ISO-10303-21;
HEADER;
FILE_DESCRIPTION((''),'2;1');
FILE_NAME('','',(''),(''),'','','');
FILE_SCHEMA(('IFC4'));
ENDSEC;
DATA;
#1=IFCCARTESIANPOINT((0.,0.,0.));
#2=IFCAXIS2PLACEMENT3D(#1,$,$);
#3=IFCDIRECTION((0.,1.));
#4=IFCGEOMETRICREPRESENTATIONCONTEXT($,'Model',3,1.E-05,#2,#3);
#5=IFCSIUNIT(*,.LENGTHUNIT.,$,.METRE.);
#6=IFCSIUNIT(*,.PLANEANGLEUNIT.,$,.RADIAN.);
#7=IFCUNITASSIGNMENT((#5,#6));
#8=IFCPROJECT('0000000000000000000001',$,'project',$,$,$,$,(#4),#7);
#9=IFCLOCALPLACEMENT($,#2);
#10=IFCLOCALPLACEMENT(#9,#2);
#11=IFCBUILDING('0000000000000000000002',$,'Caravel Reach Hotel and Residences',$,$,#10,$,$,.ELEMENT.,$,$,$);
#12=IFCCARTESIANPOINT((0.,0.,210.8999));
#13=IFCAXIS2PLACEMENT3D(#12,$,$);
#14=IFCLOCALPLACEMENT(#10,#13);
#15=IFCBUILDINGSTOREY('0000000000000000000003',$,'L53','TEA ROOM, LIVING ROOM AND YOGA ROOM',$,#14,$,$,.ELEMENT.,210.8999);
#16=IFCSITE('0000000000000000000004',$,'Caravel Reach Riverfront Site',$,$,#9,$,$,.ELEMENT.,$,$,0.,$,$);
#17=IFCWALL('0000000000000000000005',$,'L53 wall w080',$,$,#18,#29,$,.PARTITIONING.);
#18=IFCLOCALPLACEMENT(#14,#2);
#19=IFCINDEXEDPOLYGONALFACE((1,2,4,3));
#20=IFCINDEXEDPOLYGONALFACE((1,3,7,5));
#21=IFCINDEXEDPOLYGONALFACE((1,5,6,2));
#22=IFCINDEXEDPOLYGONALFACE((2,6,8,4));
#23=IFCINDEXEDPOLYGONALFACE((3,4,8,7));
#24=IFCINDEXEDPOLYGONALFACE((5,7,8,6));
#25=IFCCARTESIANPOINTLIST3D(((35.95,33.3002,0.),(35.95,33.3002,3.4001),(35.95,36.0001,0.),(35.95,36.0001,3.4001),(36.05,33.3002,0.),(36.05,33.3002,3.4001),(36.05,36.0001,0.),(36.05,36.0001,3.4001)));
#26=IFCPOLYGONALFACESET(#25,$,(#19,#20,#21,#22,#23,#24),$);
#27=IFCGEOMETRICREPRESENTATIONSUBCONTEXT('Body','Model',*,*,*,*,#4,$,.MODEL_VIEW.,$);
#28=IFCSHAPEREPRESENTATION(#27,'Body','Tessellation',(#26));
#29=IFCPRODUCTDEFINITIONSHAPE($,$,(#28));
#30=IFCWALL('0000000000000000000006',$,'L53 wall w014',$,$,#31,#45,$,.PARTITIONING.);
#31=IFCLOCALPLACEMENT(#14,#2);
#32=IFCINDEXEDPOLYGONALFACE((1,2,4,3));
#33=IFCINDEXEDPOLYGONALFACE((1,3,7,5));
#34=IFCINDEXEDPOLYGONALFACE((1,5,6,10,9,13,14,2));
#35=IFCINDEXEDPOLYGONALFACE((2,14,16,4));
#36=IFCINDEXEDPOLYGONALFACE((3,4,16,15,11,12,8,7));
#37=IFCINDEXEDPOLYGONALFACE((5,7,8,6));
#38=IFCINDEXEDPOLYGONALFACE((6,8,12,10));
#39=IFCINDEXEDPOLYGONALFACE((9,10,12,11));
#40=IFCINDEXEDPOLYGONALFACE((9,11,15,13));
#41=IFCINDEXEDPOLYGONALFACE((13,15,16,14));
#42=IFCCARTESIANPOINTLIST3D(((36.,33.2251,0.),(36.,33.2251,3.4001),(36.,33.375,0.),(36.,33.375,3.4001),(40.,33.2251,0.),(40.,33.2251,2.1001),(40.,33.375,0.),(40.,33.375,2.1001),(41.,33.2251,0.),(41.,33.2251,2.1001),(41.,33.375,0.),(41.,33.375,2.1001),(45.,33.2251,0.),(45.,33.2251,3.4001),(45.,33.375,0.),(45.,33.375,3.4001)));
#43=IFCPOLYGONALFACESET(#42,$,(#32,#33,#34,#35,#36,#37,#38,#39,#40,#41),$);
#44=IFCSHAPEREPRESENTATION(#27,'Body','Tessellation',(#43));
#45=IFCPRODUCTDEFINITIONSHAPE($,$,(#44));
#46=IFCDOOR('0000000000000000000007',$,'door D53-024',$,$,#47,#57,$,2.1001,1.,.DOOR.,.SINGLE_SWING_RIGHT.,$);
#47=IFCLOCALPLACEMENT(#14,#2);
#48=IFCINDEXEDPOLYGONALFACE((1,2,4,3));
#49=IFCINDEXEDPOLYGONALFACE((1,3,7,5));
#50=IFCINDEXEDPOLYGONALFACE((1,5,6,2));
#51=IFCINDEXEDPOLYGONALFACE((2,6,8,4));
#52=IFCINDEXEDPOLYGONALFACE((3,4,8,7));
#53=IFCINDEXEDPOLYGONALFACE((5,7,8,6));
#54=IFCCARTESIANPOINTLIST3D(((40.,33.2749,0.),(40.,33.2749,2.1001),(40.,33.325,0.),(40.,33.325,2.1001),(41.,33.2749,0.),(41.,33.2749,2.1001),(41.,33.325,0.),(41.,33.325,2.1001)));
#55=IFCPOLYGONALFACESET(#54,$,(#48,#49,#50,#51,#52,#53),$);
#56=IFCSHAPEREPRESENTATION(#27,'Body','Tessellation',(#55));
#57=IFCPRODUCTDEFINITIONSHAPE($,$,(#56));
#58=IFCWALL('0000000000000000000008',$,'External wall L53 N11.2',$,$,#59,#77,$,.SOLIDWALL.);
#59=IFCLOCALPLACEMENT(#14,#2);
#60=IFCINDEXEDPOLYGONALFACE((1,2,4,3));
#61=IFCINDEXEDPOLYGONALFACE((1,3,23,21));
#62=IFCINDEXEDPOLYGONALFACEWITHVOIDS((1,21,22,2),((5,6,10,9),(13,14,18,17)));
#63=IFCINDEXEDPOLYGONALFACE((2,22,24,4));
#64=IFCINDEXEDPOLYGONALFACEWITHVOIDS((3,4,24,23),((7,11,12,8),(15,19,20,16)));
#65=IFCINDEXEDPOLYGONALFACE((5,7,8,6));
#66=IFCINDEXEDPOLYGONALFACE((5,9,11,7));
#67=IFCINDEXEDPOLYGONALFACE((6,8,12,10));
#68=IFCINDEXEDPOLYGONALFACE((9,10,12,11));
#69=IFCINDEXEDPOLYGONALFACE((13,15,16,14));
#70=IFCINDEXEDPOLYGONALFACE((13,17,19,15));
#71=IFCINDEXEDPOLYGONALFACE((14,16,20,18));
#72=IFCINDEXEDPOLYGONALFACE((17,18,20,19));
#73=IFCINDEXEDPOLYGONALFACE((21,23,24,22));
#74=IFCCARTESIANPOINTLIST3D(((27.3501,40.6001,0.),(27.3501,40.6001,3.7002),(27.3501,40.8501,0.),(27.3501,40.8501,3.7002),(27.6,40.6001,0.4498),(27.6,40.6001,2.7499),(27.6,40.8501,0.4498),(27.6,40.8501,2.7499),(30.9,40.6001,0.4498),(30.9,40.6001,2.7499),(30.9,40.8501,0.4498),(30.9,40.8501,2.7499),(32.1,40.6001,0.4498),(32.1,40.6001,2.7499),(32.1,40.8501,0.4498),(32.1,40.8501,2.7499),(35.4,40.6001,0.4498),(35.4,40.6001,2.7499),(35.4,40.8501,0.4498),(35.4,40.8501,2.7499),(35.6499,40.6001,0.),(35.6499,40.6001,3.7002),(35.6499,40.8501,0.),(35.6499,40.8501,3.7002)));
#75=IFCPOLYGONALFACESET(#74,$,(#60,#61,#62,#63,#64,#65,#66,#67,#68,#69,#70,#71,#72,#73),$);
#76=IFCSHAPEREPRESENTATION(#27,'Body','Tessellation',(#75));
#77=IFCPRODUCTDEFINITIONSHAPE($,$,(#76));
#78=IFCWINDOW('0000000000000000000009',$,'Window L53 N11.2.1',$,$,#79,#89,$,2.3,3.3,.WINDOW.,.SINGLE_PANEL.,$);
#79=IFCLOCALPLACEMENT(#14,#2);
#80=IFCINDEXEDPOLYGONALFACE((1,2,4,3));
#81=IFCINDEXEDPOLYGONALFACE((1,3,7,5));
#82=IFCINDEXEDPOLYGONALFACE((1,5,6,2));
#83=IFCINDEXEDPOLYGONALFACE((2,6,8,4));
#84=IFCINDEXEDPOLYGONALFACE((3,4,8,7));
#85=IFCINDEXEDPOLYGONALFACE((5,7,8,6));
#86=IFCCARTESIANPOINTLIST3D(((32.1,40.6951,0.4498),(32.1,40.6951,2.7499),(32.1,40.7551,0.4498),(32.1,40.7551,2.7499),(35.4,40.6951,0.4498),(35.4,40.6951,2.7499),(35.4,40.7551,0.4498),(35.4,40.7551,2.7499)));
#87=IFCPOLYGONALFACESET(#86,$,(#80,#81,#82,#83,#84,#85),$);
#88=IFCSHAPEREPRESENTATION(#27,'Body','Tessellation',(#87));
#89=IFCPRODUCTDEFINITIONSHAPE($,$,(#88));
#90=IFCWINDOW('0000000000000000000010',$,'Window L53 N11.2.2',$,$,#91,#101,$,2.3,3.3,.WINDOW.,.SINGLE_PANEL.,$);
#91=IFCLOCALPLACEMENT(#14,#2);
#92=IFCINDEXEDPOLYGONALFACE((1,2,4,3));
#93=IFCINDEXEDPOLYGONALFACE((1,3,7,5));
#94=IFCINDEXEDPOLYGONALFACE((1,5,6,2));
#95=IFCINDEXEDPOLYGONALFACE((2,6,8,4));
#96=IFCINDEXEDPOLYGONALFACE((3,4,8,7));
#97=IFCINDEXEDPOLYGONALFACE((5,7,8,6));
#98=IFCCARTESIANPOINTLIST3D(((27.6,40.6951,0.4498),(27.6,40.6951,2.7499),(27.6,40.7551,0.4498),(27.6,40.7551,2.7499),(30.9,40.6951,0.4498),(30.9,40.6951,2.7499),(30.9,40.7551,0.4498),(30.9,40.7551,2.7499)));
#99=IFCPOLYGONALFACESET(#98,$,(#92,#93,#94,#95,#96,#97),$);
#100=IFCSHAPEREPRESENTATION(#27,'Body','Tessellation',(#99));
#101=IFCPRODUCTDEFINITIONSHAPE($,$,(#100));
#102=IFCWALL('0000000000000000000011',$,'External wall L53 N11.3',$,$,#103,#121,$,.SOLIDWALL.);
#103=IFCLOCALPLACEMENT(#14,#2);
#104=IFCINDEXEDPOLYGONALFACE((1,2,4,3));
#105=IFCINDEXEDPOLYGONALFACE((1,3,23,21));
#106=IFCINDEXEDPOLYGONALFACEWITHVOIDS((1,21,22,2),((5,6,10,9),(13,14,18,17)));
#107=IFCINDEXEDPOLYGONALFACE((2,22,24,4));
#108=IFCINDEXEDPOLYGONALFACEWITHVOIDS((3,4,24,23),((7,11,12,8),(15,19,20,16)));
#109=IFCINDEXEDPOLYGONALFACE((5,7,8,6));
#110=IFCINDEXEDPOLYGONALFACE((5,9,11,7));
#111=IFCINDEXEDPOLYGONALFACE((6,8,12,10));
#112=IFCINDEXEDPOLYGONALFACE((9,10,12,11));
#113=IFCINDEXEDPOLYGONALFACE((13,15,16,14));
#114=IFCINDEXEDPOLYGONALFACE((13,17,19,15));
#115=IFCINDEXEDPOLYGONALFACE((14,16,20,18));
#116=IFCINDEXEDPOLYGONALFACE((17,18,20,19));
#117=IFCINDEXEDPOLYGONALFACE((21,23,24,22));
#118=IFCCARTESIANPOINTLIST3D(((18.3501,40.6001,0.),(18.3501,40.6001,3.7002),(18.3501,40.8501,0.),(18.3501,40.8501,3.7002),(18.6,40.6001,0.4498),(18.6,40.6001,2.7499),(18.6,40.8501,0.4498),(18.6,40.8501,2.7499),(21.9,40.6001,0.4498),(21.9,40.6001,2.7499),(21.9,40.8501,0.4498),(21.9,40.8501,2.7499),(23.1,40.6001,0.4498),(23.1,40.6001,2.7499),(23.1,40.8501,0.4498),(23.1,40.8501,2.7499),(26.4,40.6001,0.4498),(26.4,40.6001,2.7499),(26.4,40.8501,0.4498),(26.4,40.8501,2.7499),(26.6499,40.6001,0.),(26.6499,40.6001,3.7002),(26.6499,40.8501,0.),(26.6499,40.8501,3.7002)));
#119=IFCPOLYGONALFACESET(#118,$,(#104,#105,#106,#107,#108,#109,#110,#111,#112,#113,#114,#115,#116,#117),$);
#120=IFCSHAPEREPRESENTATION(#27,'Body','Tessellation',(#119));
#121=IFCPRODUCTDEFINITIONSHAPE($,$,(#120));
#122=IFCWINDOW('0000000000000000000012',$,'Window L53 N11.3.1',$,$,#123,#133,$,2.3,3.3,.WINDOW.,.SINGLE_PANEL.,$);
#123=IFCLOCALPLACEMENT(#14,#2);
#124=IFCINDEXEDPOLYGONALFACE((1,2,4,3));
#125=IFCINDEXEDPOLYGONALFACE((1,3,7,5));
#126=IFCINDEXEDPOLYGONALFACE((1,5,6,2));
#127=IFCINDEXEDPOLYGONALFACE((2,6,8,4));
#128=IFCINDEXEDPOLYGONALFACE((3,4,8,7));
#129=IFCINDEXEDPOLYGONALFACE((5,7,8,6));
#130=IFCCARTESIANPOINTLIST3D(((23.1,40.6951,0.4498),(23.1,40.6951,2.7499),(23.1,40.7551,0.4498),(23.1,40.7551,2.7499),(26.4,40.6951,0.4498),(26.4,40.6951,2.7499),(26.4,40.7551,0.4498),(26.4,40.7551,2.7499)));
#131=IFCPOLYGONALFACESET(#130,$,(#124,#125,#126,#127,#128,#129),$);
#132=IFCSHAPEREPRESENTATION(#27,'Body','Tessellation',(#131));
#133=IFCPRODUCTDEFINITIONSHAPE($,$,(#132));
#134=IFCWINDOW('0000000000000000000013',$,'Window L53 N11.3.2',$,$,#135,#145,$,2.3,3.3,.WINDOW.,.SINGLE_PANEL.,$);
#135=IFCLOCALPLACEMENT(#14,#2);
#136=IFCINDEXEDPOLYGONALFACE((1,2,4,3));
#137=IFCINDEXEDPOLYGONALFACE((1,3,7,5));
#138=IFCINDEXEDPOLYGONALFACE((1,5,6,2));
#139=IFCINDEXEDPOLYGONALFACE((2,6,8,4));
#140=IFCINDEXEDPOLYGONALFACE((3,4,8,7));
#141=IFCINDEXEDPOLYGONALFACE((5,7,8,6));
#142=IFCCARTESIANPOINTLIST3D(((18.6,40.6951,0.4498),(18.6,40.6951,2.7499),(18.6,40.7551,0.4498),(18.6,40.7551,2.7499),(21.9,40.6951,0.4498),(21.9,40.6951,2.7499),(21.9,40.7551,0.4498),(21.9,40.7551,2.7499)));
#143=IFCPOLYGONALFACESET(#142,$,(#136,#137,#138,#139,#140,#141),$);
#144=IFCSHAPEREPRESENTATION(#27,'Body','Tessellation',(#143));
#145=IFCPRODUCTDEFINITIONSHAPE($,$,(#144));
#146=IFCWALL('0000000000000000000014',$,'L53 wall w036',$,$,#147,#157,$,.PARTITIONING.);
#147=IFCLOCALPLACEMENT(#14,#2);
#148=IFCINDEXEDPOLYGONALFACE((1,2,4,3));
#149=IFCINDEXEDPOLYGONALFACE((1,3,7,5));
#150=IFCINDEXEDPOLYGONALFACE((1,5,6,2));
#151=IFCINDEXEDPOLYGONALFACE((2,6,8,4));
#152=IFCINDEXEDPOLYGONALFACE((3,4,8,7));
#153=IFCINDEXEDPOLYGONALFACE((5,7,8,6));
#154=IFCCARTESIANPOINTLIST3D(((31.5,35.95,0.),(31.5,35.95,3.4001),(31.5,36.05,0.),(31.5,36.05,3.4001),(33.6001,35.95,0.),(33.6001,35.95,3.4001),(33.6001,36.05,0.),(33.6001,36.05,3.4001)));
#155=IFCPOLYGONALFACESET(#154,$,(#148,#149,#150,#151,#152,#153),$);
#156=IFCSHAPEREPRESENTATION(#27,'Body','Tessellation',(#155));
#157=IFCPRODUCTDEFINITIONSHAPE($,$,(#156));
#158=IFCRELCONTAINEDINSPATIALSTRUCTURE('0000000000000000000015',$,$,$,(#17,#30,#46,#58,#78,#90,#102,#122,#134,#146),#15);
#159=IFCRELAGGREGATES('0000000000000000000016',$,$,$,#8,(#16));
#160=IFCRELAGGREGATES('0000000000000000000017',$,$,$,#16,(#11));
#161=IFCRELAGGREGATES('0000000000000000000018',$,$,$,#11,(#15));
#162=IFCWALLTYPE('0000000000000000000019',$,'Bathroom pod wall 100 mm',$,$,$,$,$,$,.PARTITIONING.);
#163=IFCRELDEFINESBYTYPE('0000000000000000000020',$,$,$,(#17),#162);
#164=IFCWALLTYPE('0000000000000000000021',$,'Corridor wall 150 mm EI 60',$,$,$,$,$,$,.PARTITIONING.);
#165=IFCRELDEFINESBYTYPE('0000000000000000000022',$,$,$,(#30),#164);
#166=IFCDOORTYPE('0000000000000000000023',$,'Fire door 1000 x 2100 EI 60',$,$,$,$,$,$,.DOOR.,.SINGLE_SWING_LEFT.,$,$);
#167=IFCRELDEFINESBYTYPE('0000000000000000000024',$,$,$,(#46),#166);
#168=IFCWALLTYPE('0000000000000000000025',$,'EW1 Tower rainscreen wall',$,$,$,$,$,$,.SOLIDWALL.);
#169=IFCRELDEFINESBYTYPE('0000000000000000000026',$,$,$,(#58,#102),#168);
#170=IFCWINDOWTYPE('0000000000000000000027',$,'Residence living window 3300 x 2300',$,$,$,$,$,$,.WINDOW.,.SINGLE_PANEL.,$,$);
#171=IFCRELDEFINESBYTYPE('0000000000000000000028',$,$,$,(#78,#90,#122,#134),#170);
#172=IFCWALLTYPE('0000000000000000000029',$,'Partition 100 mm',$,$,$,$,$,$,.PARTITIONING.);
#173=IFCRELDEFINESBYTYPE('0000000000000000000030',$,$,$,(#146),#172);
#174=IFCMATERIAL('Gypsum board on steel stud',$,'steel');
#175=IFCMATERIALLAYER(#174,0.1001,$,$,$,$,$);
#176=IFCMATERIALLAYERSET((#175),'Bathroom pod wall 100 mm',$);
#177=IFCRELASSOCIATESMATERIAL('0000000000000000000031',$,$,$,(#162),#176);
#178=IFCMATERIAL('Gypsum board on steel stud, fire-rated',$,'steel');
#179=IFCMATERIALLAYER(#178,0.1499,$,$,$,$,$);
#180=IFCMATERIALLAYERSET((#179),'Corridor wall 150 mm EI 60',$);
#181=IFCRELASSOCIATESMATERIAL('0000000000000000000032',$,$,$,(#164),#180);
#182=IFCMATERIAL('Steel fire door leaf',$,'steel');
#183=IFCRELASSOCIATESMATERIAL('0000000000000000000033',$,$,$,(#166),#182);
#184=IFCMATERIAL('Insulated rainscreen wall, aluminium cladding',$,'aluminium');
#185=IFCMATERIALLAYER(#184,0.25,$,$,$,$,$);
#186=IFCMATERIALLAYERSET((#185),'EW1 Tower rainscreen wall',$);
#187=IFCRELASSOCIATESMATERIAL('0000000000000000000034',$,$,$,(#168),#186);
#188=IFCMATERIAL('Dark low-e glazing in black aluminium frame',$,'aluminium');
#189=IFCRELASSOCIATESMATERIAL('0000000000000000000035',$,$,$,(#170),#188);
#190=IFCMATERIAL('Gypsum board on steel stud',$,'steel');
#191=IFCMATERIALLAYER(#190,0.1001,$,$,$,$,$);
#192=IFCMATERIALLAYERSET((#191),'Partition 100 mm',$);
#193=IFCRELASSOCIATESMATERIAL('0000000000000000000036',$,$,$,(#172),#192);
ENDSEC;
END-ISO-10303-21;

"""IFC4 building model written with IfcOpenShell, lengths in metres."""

from ifc_helpers import new_model, si_unit, direction, frame, frame_2d, origin, place, context, subcontext, project, spatial, rectangle, extrude, material, layer, layer_set, type_object, element, fill, save


model = new_model("IFC4")

# Units and contexts
model_context = context("Model", 3, precision=1e-05, world=origin(), true_north=direction((0.0, 1.0)))
body_context = subcontext(model_context, "Body", "Model", "MODEL_VIEW")
ifc_project = project(units=[si_unit("LENGTHUNIT", "METRE"), si_unit("PLANEANGLEUNIT", "RADIAN")], contexts=[model_context])

# Site, building, storey
site_placement = place(None, origin())
site = spatial("IfcSite", under=ifc_project, at=site_placement, Name="Caravel Reach Riverfront Site", CompositionType="ELEMENT", RefElevation=0.0)
building_placement = place(site_placement, origin())
building = spatial("IfcBuilding", under=site, at=building_placement, Name="Caravel Reach Hotel and Residences", CompositionType="ELEMENT")
storey_placement = place(building_placement, frame((0.0, 0.0, 210.8999)))
storey = spatial("IfcBuildingStorey", under=building, at=storey_placement, Name="L53", Description="TEA ROOM, LIVING ROOM AND YOGA ROOM", CompositionType="ELEMENT", Elevation=210.8999)

# Shared definitions
ifc_material_1 = material(Name="Gypsum board on steel stud", Category="steel")
ifc_layer_1 = layer(ifc_material_1, 0.1001)
ifc_layer_set_1 = layer_set([ifc_layer_1], Name="Bathroom pod wall 100 mm")
wall_type_1 = type_object("IfcWallType", Name="Bathroom pod wall 100 mm", PredefinedType="PARTITIONING", material=ifc_layer_set_1)

# Wall
wall_1_placement = place(storey_placement, frame((36.0, 33.3, 0.0), z_axis=(0.0, 0.0, 1.0), x_axis=(0.0, 1.0, 0.0)))
element("IfcWall", 1, at=wall_1_placement, inside=storey, type_object=wall_type_1, Name="L53 wall w080", PredefinedType="PARTITIONING", context=body_context, shape_type="SweptSolid", body=[
    extrude(rectangle(XDim=2.7, YDim=0.1001, at=frame_2d((1.3501, 0.0))), origin(), (0.0, 0.0, 1.0), 3.4001),
])

# Wall, opening, door
ifc_material_2 = material(Name="Gypsum board on steel stud, fire-rated", Category="steel")
ifc_layer_2 = layer(ifc_material_2, 0.1499)
ifc_layer_set_2 = layer_set([ifc_layer_2], Name="Corridor wall 150 mm EI 60")
wall_type_2 = type_object("IfcWallType", Name="Corridor wall 150 mm EI 60", PredefinedType="PARTITIONING", material=ifc_layer_set_2)
wall_2_placement = place(storey_placement, frame((36.0, 33.3, 0.0), z_axis=(0.0, 0.0, 1.0), x_axis=(1.0, 0.0, 0.0)))
wall_2 = element("IfcWall", 2, at=wall_2_placement, inside=storey, type_object=wall_type_2, Name="L53 wall w014", PredefinedType="PARTITIONING", context=body_context, shape_type="SweptSolid", body=[
    extrude(rectangle(XDim=9.0, YDim=0.1499, at=frame_2d((4.5, 0.0))), origin(), (0.0, 0.0, 1.0), 3.4001),
])
opening_1_placement = place(wall_2_placement, frame((4.0, 0.0, 0.0)))
opening_1 = element("IfcOpeningElement", 3, at=opening_1_placement, cuts=wall_2, PredefinedType="OPENING", context=body_context, shape_type="SweptSolid", body=[
    extrude(rectangle(XDim=1.0, YDim=2.1001, at=frame_2d((0.5, 1.05))), frame((0.0, 0.085, 0.0), z_axis=(0.0, -1.0, 0.0), x_axis=(1.0, 0.0, 0.0)), (0.0, 0.0, 1.0), 0.1699),
])
ifc_material_3 = material(Name="Steel fire door leaf", Category="steel")
door_type_1 = type_object("IfcDoorType", Name="Fire door 1000 x 2100 EI 60", OperationType="SINGLE_SWING_LEFT", PredefinedType="DOOR", material=ifc_material_3)
door_1_placement = place(opening_1_placement, origin())
door_1 = element("IfcDoor", 4, at=door_1_placement, inside=storey, type_object=door_type_1, Name="door D53-024", OperationType="SINGLE_SWING_RIGHT", OverallHeight=2.1001, OverallWidth=1.0, PredefinedType="DOOR", context=body_context, shape_type="SweptSolid", body=[
    extrude(rectangle(XDim=1.0, YDim=2.1001, at=frame_2d((0.5, 1.05))), frame((0.0, 0.0249, 0.0), z_axis=(0.0, -1.0, 0.0), x_axis=(1.0, 0.0, 0.0)), (0.0, 0.0, 1.0), 0.05),
])
fill(opening_1, door_1)

# Walls, openings, windows
ifc_material_4 = material(Name="Insulated rainscreen wall, aluminium cladding", Category="aluminium")
ifc_layer_3 = layer(ifc_material_4, 0.25)
ifc_layer_set_3 = layer_set([ifc_layer_3], Name="EW1 Tower rainscreen wall")
wall_type_3 = type_object("IfcWallType", Name="EW1 Tower rainscreen wall", PredefinedType="SOLIDWALL", material=ifc_layer_set_3)
wall_3_placement = place(storey_placement, frame((35.6499, 40.7251, 0.0), z_axis=(0.0, 0.0, 1.0), x_axis=(-1.0, 0.0, 0.0)))
wall_3 = element("IfcWall", 5, at=wall_3_placement, inside=storey, type_object=wall_type_3, Name="External wall L53 N11.2", PredefinedType="SOLIDWALL", context=body_context, shape_type="SweptSolid", body=[
    extrude(rectangle(XDim=8.2998, YDim=0.25, at=frame_2d((4.1499, 0.0))), origin(), (0.0, 0.0, 1.0), 3.7002),
])
opening_2_placement = place(wall_3_placement, frame((0.25, 0.0, 0.45)))
opening_2 = element("IfcOpeningElement", 6, at=opening_2_placement, cuts=wall_3, PredefinedType="OPENING", context=body_context, shape_type="SweptSolid", body=[
    extrude(rectangle(XDim=3.3, YDim=2.3, at=frame_2d((1.6499, 1.1499))), frame((0.0, 0.135, 0.0), z_axis=(0.0, -1.0, 0.0), x_axis=(1.0, 0.0, 0.0)), (0.0, 0.0, 1.0), 0.27),
])
opening_3_placement = place(wall_3_placement, frame((4.75, 0.0, 0.45)))
opening_3 = element("IfcOpeningElement", 7, at=opening_3_placement, cuts=wall_3, PredefinedType="OPENING", context=body_context, shape_type="SweptSolid", body=[
    extrude(rectangle(XDim=3.3, YDim=2.3, at=frame_2d((1.6499, 1.1499))), frame((0.0, 0.135, 0.0), z_axis=(0.0, -1.0, 0.0), x_axis=(1.0, 0.0, 0.0)), (0.0, 0.0, 1.0), 0.27),
])
ifc_material_5 = material(Name="Dark low-e glazing in black aluminium frame", Category="aluminium")
window_type = type_object("IfcWindowType", Name="Residence living window 3300 x 2300", PartitioningType="SINGLE_PANEL", PredefinedType="WINDOW", material=ifc_material_5)
window_1_placement = place(opening_2_placement, origin())
window_1 = element("IfcWindow", 8, at=window_1_placement, inside=storey, type_object=window_type, Name="Window L53 N11.2.1", OverallHeight=2.3, OverallWidth=3.3, PartitioningType="SINGLE_PANEL", PredefinedType="WINDOW", context=body_context, shape_type="SweptSolid", body=[
    extrude(rectangle(XDim=3.3, YDim=2.3, at=frame_2d((1.6499, 1.1499))), frame((0.0, 0.03, 0.0), z_axis=(0.0, -1.0, 0.0), x_axis=(1.0, 0.0, 0.0)), (0.0, 0.0, 1.0), 0.0601),
])
fill(opening_2, window_1)
window_2_placement = place(opening_3_placement, origin())
window_2 = element("IfcWindow", 9, at=window_2_placement, inside=storey, type_object=window_type, Name="Window L53 N11.2.2", OverallHeight=2.3, OverallWidth=3.3, PartitioningType="SINGLE_PANEL", PredefinedType="WINDOW", context=body_context, shape_type="SweptSolid", body=[
    extrude(rectangle(XDim=3.3, YDim=2.3, at=frame_2d((1.6499, 1.1499))), frame((0.0, 0.03, 0.0), z_axis=(0.0, -1.0, 0.0), x_axis=(1.0, 0.0, 0.0)), (0.0, 0.0, 1.0), 0.0601),
])
fill(opening_3, window_2)
wall_4_placement = place(storey_placement, frame((26.6499, 40.7251, 0.0), z_axis=(0.0, 0.0, 1.0), x_axis=(-1.0, 0.0, 0.0)))
wall_4 = element("IfcWall", 10, at=wall_4_placement, inside=storey, type_object=wall_type_3, Name="External wall L53 N11.3", PredefinedType="SOLIDWALL", context=body_context, shape_type="SweptSolid", body=[
    extrude(rectangle(XDim=8.2998, YDim=0.25, at=frame_2d((4.1499, 0.0))), origin(), (0.0, 0.0, 1.0), 3.7002),
])
opening_4_placement = place(wall_4_placement, frame((0.25, 0.0, 0.45)))
opening_4 = element("IfcOpeningElement", 11, at=opening_4_placement, cuts=wall_4, PredefinedType="OPENING", context=body_context, shape_type="SweptSolid", body=[
    extrude(rectangle(XDim=3.3, YDim=2.3, at=frame_2d((1.6499, 1.1499))), frame((0.0, 0.135, 0.0), z_axis=(0.0, -1.0, 0.0), x_axis=(1.0, 0.0, 0.0)), (0.0, 0.0, 1.0), 0.27),
])
opening_5_placement = place(wall_4_placement, frame((4.75, 0.0, 0.45)))
opening_5 = element("IfcOpeningElement", 12, at=opening_5_placement, cuts=wall_4, PredefinedType="OPENING", context=body_context, shape_type="SweptSolid", body=[
    extrude(rectangle(XDim=3.3, YDim=2.3, at=frame_2d((1.6499, 1.1499))), frame((0.0, 0.135, 0.0), z_axis=(0.0, -1.0, 0.0), x_axis=(1.0, 0.0, 0.0)), (0.0, 0.0, 1.0), 0.27),
])
window_3_placement = place(opening_4_placement, origin())
window_3 = element("IfcWindow", 13, at=window_3_placement, inside=storey, type_object=window_type, Name="Window L53 N11.3.1", OverallHeight=2.3, OverallWidth=3.3, PartitioningType="SINGLE_PANEL", PredefinedType="WINDOW", context=body_context, shape_type="SweptSolid", body=[
    extrude(rectangle(XDim=3.3, YDim=2.3, at=frame_2d((1.6499, 1.1499))), frame((0.0, 0.03, 0.0), z_axis=(0.0, -1.0, 0.0), x_axis=(1.0, 0.0, 0.0)), (0.0, 0.0, 1.0), 0.0601),
])
fill(opening_4, window_3)
window_4_placement = place(opening_5_placement, origin())
window_4 = element("IfcWindow", 14, at=window_4_placement, inside=storey, type_object=window_type, Name="Window L53 N11.3.2", OverallHeight=2.3, OverallWidth=3.3, PartitioningType="SINGLE_PANEL", PredefinedType="WINDOW", context=body_context, shape_type="SweptSolid", body=[
    extrude(rectangle(XDim=3.3, YDim=2.3, at=frame_2d((1.6499, 1.1499))), frame((0.0, 0.03, 0.0), z_axis=(0.0, -1.0, 0.0), x_axis=(1.0, 0.0, 0.0)), (0.0, 0.0, 1.0), 0.0601),
])
fill(opening_5, window_4)

# Wall
ifc_material_6 = material(Name="Gypsum board on steel stud", Category="steel")
ifc_layer_4 = layer(ifc_material_6, 0.1001)
ifc_layer_set_4 = layer_set([ifc_layer_4], Name="Partition 100 mm")
wall_type_4 = type_object("IfcWallType", Name="Partition 100 mm", PredefinedType="PARTITIONING", material=ifc_layer_set_4)
wall_5_placement = place(storey_placement, frame((31.5, 36.0, 0.0), z_axis=(0.0, 0.0, 1.0), x_axis=(1.0, 0.0, 0.0)))
element("IfcWall", 15, at=wall_5_placement, inside=storey, type_object=wall_type_4, Name="L53 wall w036", PredefinedType="PARTITIONING", context=body_context, shape_type="SweptSolid", body=[
    extrude(rectangle(XDim=2.1001, YDim=0.1001, at=frame_2d((1.05, 0.0))), origin(), (0.0, 0.0, 1.0), 3.4001),
])

save(model, "model.ifc")
